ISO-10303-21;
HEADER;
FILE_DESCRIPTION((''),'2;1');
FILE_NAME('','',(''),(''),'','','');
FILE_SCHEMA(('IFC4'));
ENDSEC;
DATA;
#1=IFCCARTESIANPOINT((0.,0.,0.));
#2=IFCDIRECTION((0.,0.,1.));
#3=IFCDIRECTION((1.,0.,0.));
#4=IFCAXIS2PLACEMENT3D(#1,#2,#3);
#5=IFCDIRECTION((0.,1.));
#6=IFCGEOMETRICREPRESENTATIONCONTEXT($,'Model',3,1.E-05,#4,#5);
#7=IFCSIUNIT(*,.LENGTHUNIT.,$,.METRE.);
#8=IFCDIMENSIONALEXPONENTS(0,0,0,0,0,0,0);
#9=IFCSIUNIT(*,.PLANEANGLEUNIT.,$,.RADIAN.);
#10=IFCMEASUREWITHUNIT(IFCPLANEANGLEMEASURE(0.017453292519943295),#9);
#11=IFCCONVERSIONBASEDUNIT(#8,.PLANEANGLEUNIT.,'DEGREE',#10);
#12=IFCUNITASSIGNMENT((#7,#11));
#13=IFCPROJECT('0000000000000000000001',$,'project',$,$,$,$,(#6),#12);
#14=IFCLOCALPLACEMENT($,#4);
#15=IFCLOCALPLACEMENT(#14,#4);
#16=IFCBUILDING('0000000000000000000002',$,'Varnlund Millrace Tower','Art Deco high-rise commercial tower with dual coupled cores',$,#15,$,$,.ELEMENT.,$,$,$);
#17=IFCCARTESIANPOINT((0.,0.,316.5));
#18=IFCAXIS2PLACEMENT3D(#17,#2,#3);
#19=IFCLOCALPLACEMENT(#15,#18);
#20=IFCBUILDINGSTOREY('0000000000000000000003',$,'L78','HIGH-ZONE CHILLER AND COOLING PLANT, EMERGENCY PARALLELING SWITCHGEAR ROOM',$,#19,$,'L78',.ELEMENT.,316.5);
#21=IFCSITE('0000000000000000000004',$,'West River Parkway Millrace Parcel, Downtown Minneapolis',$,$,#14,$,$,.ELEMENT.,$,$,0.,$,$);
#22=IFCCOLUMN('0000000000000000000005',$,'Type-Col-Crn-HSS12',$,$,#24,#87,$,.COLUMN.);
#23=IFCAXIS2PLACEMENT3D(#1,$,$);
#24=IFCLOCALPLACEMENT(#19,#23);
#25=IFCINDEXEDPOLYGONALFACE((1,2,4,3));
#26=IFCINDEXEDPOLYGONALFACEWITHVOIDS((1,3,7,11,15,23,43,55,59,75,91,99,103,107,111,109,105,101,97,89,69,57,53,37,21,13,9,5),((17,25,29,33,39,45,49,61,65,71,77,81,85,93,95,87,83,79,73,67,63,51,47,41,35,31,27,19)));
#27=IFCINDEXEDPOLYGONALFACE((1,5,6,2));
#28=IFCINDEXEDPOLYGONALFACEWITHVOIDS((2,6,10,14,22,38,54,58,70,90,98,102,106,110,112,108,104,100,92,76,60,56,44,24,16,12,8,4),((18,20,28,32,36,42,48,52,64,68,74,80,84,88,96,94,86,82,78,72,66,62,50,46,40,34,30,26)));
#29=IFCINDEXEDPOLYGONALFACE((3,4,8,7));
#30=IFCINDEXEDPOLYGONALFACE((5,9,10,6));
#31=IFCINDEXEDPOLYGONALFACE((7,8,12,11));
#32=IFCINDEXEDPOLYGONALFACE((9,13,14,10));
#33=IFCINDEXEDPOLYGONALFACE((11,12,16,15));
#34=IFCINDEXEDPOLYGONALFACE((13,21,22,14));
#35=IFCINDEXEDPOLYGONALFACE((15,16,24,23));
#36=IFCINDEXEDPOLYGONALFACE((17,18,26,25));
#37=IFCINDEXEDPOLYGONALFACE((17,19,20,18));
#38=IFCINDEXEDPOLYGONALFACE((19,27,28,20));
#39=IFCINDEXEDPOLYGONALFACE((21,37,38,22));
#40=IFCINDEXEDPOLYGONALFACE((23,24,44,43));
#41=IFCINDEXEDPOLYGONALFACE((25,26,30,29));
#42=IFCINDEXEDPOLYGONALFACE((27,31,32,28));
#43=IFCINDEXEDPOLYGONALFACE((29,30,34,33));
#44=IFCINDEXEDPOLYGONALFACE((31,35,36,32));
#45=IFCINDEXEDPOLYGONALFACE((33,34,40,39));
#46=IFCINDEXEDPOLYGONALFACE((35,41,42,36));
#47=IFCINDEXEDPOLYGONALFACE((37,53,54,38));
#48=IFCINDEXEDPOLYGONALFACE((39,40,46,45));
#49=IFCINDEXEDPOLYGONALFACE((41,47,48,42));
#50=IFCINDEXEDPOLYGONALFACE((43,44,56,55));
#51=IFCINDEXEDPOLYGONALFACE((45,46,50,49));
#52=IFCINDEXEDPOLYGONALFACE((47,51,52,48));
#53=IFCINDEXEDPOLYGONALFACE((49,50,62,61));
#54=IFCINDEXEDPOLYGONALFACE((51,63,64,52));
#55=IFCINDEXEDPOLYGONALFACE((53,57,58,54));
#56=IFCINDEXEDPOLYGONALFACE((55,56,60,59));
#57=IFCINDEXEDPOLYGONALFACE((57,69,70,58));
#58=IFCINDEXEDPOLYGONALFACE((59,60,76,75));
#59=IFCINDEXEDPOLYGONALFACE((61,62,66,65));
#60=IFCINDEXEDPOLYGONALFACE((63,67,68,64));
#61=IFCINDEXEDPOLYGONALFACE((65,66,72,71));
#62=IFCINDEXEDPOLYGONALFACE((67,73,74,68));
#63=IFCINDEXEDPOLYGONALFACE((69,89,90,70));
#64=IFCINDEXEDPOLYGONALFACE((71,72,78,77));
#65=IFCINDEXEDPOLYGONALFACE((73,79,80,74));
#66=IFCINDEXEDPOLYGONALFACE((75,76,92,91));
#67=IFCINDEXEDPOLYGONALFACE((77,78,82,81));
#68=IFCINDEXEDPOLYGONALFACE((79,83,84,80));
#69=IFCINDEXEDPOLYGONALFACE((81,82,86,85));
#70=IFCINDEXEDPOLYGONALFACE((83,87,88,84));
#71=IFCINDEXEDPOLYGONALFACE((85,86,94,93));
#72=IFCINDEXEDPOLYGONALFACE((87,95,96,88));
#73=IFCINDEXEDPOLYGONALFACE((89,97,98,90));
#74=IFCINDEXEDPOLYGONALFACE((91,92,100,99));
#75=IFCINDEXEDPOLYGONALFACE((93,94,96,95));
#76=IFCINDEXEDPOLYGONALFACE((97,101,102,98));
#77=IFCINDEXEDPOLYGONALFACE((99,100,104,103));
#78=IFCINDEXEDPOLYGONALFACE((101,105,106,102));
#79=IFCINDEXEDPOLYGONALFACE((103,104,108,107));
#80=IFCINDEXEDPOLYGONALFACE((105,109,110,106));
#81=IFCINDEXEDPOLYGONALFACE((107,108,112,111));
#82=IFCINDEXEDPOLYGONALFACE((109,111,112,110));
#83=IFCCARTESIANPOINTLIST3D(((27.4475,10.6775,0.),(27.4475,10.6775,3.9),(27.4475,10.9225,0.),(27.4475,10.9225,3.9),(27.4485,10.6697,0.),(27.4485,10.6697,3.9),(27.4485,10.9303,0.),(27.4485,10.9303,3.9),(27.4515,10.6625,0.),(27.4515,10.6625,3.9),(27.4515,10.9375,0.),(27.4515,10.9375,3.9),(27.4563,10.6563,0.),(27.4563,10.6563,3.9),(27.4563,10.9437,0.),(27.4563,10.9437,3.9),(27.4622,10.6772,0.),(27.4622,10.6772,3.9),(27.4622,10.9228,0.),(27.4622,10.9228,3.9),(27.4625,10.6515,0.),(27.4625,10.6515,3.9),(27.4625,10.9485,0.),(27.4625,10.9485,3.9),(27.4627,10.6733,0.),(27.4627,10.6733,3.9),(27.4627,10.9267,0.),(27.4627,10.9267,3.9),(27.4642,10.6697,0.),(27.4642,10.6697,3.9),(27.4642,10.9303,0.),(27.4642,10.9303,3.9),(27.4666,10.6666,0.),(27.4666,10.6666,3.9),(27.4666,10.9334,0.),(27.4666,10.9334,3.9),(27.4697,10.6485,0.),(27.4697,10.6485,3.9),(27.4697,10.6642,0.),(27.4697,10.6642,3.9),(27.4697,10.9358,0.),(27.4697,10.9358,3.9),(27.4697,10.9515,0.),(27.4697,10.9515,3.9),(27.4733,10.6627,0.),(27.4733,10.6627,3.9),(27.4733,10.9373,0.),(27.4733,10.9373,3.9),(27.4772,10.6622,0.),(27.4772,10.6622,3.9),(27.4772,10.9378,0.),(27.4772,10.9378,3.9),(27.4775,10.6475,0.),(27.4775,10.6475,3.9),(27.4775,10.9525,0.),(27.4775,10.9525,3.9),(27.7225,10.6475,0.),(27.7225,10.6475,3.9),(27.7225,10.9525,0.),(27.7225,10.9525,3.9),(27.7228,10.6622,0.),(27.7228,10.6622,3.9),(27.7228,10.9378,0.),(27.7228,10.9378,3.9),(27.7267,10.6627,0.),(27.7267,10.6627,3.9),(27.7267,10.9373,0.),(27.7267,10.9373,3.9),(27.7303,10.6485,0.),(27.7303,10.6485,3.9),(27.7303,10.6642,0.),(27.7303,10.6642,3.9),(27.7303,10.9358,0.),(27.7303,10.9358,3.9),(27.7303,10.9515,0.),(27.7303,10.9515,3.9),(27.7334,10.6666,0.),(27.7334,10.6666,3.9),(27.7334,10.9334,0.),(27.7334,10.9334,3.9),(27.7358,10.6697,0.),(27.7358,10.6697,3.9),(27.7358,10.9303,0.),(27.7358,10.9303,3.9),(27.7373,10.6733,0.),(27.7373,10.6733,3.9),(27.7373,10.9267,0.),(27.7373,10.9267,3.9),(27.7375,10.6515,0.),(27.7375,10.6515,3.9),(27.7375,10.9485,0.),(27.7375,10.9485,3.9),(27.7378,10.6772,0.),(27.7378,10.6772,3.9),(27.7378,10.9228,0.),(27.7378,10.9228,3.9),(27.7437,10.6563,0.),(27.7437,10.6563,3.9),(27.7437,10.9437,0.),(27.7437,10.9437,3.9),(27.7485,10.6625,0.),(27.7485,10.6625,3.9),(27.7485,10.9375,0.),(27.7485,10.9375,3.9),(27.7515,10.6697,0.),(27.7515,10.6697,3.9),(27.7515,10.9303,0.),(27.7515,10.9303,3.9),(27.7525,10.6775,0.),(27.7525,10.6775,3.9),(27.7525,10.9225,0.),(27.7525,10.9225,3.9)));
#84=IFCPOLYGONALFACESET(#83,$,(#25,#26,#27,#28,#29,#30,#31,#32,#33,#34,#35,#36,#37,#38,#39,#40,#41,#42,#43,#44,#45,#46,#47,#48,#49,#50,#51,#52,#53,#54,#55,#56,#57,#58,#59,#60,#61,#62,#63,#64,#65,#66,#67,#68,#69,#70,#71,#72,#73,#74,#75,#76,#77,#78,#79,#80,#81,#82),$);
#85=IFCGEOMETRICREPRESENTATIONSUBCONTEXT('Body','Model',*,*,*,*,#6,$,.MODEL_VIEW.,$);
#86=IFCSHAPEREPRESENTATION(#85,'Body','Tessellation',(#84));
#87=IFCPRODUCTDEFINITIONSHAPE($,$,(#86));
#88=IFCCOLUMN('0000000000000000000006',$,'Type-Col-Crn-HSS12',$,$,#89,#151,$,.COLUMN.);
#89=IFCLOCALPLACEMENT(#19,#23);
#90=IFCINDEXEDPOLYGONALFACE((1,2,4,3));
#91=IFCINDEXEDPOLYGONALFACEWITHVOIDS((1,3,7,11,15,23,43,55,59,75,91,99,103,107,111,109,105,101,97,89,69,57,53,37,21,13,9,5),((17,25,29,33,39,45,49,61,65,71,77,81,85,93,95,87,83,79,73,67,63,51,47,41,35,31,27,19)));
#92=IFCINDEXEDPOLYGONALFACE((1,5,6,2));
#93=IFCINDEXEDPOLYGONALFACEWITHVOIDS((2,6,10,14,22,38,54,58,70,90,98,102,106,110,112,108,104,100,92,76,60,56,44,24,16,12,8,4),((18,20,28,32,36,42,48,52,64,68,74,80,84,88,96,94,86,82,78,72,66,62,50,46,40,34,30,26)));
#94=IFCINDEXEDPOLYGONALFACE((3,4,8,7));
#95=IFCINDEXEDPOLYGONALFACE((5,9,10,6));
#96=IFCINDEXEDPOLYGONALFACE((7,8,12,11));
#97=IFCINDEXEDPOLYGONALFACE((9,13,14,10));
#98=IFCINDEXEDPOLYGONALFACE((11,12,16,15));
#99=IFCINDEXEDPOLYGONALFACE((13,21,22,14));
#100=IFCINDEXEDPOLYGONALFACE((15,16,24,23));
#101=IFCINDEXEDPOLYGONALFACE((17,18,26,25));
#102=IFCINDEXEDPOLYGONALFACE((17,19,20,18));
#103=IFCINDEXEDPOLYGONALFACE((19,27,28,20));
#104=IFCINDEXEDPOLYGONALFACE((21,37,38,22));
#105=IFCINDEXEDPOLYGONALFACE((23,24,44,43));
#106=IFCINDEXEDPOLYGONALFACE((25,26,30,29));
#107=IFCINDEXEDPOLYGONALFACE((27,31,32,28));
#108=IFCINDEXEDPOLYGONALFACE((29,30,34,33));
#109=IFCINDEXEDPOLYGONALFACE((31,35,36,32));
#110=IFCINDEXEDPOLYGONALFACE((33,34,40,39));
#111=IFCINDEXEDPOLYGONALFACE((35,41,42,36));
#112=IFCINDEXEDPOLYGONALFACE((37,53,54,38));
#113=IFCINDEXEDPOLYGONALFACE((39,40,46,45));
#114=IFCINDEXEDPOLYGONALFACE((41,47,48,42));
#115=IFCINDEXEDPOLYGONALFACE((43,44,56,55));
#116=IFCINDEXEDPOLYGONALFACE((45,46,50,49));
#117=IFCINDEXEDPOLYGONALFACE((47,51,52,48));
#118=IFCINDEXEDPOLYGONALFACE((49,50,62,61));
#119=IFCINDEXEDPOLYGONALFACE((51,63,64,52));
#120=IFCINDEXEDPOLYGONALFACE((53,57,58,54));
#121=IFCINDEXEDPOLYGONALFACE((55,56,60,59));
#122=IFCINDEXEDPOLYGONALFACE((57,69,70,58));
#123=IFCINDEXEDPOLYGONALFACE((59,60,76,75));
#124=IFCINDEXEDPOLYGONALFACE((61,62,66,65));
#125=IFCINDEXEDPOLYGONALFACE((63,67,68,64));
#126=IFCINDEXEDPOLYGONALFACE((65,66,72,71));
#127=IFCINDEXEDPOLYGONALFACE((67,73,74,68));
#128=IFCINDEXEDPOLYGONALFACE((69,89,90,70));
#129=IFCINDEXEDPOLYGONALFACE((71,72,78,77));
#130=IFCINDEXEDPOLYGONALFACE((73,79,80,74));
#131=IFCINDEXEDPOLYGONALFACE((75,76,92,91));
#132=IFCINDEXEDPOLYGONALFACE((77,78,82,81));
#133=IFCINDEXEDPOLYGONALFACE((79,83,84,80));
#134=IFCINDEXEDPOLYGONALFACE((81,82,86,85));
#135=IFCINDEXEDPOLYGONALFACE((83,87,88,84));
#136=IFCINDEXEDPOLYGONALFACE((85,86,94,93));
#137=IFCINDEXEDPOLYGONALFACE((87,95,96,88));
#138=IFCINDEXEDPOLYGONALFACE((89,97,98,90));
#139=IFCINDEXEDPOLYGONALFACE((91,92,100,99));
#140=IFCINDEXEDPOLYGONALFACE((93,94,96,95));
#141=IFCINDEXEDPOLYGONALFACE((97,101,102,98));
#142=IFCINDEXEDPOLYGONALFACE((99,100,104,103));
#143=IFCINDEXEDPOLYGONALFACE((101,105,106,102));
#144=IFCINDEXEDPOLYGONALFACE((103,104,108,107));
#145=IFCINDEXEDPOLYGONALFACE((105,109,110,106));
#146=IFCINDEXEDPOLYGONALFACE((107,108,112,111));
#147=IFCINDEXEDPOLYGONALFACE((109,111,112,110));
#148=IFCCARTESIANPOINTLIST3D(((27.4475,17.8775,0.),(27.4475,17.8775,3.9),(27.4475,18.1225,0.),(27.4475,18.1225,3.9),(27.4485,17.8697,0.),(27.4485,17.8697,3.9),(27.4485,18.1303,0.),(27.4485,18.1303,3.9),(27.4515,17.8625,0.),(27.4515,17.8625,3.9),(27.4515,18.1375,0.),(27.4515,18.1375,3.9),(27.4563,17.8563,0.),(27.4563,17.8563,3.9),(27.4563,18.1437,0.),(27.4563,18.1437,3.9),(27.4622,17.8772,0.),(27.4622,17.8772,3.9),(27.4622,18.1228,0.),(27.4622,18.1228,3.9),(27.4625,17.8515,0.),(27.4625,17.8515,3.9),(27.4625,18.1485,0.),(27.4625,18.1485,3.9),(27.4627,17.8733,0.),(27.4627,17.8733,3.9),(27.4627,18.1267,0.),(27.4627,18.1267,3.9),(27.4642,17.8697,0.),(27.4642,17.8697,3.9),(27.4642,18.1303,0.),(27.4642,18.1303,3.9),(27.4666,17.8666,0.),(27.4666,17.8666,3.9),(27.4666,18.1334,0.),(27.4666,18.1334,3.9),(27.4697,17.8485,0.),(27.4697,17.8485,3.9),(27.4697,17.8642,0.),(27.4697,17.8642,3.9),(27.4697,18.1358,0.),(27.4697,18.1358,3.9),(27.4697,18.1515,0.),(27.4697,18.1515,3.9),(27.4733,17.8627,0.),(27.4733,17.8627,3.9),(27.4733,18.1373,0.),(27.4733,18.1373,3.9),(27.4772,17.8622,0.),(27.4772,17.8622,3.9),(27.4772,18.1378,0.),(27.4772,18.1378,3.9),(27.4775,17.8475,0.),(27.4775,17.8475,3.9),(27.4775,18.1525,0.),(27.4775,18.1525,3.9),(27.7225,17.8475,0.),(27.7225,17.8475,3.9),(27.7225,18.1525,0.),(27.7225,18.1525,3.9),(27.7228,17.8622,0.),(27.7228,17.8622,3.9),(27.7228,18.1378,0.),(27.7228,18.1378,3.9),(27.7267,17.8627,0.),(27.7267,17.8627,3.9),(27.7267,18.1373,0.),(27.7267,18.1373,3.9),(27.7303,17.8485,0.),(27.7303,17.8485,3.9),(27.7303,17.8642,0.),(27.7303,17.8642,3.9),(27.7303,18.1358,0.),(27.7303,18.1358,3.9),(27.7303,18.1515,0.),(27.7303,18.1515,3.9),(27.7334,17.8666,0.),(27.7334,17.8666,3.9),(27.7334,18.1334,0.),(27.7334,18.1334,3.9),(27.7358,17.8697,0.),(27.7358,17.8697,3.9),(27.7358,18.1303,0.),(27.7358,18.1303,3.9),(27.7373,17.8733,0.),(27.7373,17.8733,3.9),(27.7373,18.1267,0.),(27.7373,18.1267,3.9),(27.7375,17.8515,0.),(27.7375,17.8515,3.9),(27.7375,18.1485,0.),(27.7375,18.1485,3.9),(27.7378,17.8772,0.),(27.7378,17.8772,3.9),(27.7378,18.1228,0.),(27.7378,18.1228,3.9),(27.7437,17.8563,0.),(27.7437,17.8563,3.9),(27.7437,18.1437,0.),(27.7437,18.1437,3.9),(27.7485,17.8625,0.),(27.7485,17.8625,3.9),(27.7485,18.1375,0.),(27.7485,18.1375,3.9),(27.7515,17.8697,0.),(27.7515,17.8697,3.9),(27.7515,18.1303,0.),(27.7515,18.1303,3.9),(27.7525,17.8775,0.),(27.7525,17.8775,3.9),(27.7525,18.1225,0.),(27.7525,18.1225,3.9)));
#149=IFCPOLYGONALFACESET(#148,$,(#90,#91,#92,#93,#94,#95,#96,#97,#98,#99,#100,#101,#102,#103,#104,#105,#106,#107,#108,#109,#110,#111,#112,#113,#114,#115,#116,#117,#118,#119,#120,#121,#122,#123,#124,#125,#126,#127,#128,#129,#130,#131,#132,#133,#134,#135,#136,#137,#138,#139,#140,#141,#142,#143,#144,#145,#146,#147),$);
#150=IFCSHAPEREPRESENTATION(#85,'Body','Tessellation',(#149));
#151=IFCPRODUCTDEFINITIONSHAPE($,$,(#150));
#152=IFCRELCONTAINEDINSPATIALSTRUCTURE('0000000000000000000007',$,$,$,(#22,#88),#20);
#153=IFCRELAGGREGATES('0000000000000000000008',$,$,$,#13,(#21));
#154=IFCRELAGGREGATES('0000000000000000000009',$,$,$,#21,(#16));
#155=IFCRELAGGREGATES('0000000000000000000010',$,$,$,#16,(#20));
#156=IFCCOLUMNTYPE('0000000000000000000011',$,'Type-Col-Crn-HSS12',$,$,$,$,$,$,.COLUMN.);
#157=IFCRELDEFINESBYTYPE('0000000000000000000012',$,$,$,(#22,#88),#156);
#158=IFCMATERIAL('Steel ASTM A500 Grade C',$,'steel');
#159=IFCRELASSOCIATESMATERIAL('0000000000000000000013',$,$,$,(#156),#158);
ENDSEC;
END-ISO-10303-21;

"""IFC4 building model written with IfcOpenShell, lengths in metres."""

from ifc_helpers import new_model, entity, si_unit, converted_unit, direction, frame, origin_with_axes, origin_2d_with_axis, place, context, subcontext, project, spatial, hollow_rectangle, extrude, material, material_profile, profile_set, type_object, element, save


model = new_model("IFC4")

# Units and contexts
model_context = context("Model", 3, precision=1e-05, world=origin_with_axes(), true_north=direction((0.0, 1.0)))
body_context = subcontext(model_context, "Body", "Model", "MODEL_VIEW")
ifc_project = project(units=[si_unit("LENGTHUNIT", "METRE"), converted_unit("PLANEANGLEUNIT", "DEGREE", entity("IfcPlaneAngleMeasure", 0.017453292519943295), si_unit("PLANEANGLEUNIT", "RADIAN"), dimensions=[0, 0, 0, 0, 0, 0, 0])], contexts=[model_context])

# Site, building, storey
site_placement = place(None, origin_with_axes())
site = spatial("IfcSite", under=ifc_project, at=site_placement, Name="West River Parkway Millrace Parcel, Downtown Minneapolis", CompositionType="ELEMENT", RefElevation=0.0)
building_placement = place(site_placement, origin_with_axes())
building = spatial("IfcBuilding", under=site, at=building_placement, Name="Varnlund Millrace Tower", Description="Art Deco high-rise commercial tower with dual coupled cores", CompositionType="ELEMENT")
storey_placement = place(building_placement, frame((0.0, 0.0, 316.5), z_axis=(0.0, 0.0, 1.0), x_axis=(1.0, 0.0, 0.0)))
storey = spatial("IfcBuildingStorey", under=building, at=storey_placement, Name="L78", Description="HIGH-ZONE CHILLER AND COOLING PLANT, EMERGENCY PARALLELING SWITCHGEAR ROOM", LongName="L78", CompositionType="ELEMENT", Elevation=316.5)

# Columns
ifc_material_1 = material(Name="Steel ASTM A500 Grade C", Category="steel")
ifc_material_profile_1 = material_profile(ifc_material_1, hollow_rectangle(XDim=0.305, YDim=0.305, WallThickness=0.0147, InnerFilletRadius=0.015, OuterFilletRadius=0.03, at=origin_2d_with_axis()), Name="Steel ASTM A500 Grade C")
ifc_profile_set_1 = profile_set([ifc_material_profile_1], Name="Steel ASTM A500 Grade C")
column_type = type_object("IfcColumnType", Name="Type-Col-Crn-HSS12", PredefinedType="COLUMN", material=ifc_profile_set_1)
for number, where, z_axis, x_axis, name in (
    (1, (27.6, 10.8, 0.0), (0.0, 0.0, 1.0), (1.0, 0.0, 0.0), "Type-Col-Crn-HSS12"),
    (2, (27.6, 18.0, 0.0), (0.0, 0.0, 1.0), (1.0, 0.0, 0.0), "Type-Col-Crn-HSS12"),
):
    element("IfcColumn", number, at=place(storey_placement, frame(where, z_axis=z_axis, x_axis=x_axis)), inside=storey, type_object=column_type, Name=name, PredefinedType="COLUMN", context=body_context, shape_type="SweptSolid", body=[
        extrude(hollow_rectangle(XDim=0.305, YDim=0.305, WallThickness=0.0147, InnerFilletRadius=0.015, OuterFilletRadius=0.03, at=origin_2d_with_axis()), origin_with_axes(), (0.0, 0.0, 1.0), 3.9),
    ])

save(model, "model.ifc")
